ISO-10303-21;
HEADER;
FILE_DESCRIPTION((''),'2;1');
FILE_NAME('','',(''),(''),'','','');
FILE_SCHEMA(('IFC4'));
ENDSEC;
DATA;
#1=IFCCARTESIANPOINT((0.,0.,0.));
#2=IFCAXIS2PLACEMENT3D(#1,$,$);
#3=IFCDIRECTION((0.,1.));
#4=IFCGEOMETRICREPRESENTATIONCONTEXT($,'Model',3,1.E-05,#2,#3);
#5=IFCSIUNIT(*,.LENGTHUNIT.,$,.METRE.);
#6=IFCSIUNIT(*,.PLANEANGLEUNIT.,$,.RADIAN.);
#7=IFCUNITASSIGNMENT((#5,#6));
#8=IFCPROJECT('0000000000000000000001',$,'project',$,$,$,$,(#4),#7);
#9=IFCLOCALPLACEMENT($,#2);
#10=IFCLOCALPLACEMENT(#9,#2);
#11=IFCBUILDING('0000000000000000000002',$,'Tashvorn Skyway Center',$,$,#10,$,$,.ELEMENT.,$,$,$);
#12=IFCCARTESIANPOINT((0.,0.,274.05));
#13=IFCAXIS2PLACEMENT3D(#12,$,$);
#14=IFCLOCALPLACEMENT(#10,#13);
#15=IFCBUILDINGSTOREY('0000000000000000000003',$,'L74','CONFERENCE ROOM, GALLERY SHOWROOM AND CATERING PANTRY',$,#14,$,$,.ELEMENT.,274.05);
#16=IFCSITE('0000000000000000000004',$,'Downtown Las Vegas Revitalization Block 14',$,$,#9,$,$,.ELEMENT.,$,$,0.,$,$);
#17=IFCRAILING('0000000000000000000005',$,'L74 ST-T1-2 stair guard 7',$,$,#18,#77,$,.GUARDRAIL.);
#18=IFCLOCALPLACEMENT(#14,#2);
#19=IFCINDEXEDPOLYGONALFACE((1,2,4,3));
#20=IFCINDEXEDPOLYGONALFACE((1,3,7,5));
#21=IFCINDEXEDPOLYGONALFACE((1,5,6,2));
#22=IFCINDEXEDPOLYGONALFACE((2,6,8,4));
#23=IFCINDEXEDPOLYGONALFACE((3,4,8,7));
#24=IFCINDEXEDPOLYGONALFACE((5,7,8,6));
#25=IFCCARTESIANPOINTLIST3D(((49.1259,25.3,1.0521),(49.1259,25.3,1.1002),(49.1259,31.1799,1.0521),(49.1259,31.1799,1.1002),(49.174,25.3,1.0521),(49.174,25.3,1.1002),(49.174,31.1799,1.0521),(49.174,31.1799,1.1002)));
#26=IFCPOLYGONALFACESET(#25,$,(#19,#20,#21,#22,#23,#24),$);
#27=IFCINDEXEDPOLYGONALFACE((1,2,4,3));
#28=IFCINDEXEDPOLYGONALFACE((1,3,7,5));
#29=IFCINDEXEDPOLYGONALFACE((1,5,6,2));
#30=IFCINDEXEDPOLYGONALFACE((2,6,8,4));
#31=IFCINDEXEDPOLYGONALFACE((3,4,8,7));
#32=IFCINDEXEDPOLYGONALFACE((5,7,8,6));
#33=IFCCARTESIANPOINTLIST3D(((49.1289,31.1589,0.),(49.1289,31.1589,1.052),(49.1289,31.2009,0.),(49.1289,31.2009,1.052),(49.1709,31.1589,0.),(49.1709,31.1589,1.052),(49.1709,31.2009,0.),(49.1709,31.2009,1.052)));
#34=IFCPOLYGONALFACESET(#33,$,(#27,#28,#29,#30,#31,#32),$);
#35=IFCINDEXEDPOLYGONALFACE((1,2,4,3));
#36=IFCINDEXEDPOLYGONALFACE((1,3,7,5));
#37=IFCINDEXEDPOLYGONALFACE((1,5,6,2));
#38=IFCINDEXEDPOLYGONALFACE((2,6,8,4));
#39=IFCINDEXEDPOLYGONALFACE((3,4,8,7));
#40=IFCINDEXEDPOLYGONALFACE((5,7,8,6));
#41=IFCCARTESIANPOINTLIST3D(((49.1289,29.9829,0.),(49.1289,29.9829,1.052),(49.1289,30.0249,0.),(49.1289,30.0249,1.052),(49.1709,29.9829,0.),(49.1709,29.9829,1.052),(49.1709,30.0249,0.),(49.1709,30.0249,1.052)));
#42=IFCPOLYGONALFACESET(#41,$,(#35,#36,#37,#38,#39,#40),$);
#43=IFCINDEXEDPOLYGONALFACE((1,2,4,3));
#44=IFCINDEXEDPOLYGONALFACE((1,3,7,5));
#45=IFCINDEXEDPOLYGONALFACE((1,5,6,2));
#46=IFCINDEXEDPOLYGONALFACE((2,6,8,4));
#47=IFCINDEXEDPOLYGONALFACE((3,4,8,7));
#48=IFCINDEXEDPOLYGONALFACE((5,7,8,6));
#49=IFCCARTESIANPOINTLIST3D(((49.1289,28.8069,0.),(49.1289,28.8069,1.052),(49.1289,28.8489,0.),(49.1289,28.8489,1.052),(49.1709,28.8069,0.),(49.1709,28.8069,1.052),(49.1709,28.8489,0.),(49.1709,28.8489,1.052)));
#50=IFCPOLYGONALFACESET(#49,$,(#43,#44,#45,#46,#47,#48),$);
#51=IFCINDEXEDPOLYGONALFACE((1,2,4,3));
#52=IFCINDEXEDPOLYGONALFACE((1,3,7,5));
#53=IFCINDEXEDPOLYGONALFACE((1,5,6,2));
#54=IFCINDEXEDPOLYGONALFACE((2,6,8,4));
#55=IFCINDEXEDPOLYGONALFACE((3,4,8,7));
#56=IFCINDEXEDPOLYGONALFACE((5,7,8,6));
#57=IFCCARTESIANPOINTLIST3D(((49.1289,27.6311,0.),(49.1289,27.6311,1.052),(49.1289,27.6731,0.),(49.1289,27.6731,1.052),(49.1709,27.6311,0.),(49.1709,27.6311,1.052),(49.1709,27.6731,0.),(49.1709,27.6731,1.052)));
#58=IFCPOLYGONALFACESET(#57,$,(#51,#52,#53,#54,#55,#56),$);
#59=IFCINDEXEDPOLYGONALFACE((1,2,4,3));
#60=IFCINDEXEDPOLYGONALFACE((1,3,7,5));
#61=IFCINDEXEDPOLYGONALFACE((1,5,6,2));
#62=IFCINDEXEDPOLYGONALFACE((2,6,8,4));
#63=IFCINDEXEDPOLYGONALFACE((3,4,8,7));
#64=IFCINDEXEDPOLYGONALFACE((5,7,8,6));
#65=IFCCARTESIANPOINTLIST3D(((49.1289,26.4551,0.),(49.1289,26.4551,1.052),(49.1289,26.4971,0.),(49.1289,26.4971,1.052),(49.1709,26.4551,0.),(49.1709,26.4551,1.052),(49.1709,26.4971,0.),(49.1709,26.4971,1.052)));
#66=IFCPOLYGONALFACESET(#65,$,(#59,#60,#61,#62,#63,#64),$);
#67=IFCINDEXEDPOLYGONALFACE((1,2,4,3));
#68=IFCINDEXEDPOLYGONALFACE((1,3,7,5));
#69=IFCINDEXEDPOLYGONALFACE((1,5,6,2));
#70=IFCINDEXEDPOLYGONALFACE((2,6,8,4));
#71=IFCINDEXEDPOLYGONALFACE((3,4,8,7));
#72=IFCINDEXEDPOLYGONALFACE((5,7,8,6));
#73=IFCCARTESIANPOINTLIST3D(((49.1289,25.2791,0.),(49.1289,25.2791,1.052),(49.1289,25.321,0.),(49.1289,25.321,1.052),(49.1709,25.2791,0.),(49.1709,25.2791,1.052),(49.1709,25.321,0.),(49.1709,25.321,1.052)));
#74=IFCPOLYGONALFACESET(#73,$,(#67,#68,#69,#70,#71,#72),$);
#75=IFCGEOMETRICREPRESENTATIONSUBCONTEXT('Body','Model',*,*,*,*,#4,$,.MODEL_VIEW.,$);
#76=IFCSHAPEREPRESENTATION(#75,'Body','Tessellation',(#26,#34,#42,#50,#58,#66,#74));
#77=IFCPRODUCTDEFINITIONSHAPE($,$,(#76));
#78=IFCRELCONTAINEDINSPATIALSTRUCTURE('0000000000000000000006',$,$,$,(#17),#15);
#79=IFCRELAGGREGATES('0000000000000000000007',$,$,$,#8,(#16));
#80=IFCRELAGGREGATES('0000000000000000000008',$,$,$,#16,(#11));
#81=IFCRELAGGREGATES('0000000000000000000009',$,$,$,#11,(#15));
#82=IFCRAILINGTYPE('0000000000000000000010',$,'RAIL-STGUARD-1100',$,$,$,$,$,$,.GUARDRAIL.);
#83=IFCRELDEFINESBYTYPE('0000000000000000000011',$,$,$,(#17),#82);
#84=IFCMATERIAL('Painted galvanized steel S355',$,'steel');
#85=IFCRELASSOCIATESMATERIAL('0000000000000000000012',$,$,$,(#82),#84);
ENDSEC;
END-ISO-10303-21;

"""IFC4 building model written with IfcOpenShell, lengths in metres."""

from ifc_helpers import new_model, si_unit, direction, frame, origin, origin_2d, place, context, subcontext, project, spatial, rectangle, extrude, material, type_object, element, save


model = new_model("IFC4")

# Units and contexts
model_context = context("Model", 3, precision=1e-05, world=origin(), true_north=direction((0.0, 1.0)))
body_context = subcontext(model_context, "Body", "Model", "MODEL_VIEW")
ifc_project = project(units=[si_unit("LENGTHUNIT", "METRE"), si_unit("PLANEANGLEUNIT", "RADIAN")], contexts=[model_context])

# Site, building, storey
site_placement = place(None, origin())
site = spatial("IfcSite", under=ifc_project, at=site_placement, Name="Downtown Las Vegas Revitalization Block 14", CompositionType="ELEMENT", RefElevation=0.0)
building_placement = place(site_placement, origin())
building = spatial("IfcBuilding", under=site, at=building_placement, Name="Tashvorn Skyway Center", CompositionType="ELEMENT")
storey_placement = place(building_placement, frame((0.0, 0.0, 274.05)))
storey = spatial("IfcBuildingStorey", under=building, at=storey_placement, Name="L74", Description="CONFERENCE ROOM, GALLERY SHOWROOM AND CATERING PANTRY", CompositionType="ELEMENT", Elevation=274.05)

# Railing
ifc_material_1 = material(Name="Painted galvanized steel S355", Category="steel")
railing_type_1 = type_object("IfcRailingType", Name="RAIL-STGUARD-1100", PredefinedType="GUARDRAIL", material=ifc_material_1)
railing_1_placement = place(storey_placement, frame((49.1499, 31.1799, 0.0)))
element("IfcRailing", 1, at=railing_1_placement, inside=storey, type_object=railing_type_1, Name="L74 ST-T1-2 stair guard 7", PredefinedType="GUARDRAIL", context=body_context, shape_type="SweptSolid", body=[
    extrude(rectangle(XDim=0.0481, YDim=0.0481, at=origin_2d()), frame((0.0, 0.0, 1.0762), z_axis=(0.0, -1.0, 0.0), x_axis=(1.0, 0.0, 0.0)), (0.0, 0.0, 1.0), 5.8799),
    extrude(rectangle(XDim=0.042, YDim=0.042, at=origin_2d()), origin(), (0.0, 0.0, 1.0), 1.052),
    extrude(rectangle(XDim=0.042, YDim=0.042, at=origin_2d()), frame((0.0, -1.176, 0.0)), (0.0, 0.0, 1.0), 1.052),
    extrude(rectangle(XDim=0.042, YDim=0.042, at=origin_2d()), frame((0.0, -2.3521, 0.0)), (0.0, 0.0, 1.0), 1.052),
    extrude(rectangle(XDim=0.042, YDim=0.042, at=origin_2d()), frame((0.0, -3.5278, 0.0)), (0.0, 0.0, 1.0), 1.052),
    extrude(rectangle(XDim=0.042, YDim=0.042, at=origin_2d()), frame((0.0, -4.7039, 0.0)), (0.0, 0.0, 1.0), 1.052),
    extrude(rectangle(XDim=0.042, YDim=0.042, at=origin_2d()), frame((0.0, -5.8799, 0.0)), (0.0, 0.0, 1.0), 1.052),
])

save(model, "model.ifc")
